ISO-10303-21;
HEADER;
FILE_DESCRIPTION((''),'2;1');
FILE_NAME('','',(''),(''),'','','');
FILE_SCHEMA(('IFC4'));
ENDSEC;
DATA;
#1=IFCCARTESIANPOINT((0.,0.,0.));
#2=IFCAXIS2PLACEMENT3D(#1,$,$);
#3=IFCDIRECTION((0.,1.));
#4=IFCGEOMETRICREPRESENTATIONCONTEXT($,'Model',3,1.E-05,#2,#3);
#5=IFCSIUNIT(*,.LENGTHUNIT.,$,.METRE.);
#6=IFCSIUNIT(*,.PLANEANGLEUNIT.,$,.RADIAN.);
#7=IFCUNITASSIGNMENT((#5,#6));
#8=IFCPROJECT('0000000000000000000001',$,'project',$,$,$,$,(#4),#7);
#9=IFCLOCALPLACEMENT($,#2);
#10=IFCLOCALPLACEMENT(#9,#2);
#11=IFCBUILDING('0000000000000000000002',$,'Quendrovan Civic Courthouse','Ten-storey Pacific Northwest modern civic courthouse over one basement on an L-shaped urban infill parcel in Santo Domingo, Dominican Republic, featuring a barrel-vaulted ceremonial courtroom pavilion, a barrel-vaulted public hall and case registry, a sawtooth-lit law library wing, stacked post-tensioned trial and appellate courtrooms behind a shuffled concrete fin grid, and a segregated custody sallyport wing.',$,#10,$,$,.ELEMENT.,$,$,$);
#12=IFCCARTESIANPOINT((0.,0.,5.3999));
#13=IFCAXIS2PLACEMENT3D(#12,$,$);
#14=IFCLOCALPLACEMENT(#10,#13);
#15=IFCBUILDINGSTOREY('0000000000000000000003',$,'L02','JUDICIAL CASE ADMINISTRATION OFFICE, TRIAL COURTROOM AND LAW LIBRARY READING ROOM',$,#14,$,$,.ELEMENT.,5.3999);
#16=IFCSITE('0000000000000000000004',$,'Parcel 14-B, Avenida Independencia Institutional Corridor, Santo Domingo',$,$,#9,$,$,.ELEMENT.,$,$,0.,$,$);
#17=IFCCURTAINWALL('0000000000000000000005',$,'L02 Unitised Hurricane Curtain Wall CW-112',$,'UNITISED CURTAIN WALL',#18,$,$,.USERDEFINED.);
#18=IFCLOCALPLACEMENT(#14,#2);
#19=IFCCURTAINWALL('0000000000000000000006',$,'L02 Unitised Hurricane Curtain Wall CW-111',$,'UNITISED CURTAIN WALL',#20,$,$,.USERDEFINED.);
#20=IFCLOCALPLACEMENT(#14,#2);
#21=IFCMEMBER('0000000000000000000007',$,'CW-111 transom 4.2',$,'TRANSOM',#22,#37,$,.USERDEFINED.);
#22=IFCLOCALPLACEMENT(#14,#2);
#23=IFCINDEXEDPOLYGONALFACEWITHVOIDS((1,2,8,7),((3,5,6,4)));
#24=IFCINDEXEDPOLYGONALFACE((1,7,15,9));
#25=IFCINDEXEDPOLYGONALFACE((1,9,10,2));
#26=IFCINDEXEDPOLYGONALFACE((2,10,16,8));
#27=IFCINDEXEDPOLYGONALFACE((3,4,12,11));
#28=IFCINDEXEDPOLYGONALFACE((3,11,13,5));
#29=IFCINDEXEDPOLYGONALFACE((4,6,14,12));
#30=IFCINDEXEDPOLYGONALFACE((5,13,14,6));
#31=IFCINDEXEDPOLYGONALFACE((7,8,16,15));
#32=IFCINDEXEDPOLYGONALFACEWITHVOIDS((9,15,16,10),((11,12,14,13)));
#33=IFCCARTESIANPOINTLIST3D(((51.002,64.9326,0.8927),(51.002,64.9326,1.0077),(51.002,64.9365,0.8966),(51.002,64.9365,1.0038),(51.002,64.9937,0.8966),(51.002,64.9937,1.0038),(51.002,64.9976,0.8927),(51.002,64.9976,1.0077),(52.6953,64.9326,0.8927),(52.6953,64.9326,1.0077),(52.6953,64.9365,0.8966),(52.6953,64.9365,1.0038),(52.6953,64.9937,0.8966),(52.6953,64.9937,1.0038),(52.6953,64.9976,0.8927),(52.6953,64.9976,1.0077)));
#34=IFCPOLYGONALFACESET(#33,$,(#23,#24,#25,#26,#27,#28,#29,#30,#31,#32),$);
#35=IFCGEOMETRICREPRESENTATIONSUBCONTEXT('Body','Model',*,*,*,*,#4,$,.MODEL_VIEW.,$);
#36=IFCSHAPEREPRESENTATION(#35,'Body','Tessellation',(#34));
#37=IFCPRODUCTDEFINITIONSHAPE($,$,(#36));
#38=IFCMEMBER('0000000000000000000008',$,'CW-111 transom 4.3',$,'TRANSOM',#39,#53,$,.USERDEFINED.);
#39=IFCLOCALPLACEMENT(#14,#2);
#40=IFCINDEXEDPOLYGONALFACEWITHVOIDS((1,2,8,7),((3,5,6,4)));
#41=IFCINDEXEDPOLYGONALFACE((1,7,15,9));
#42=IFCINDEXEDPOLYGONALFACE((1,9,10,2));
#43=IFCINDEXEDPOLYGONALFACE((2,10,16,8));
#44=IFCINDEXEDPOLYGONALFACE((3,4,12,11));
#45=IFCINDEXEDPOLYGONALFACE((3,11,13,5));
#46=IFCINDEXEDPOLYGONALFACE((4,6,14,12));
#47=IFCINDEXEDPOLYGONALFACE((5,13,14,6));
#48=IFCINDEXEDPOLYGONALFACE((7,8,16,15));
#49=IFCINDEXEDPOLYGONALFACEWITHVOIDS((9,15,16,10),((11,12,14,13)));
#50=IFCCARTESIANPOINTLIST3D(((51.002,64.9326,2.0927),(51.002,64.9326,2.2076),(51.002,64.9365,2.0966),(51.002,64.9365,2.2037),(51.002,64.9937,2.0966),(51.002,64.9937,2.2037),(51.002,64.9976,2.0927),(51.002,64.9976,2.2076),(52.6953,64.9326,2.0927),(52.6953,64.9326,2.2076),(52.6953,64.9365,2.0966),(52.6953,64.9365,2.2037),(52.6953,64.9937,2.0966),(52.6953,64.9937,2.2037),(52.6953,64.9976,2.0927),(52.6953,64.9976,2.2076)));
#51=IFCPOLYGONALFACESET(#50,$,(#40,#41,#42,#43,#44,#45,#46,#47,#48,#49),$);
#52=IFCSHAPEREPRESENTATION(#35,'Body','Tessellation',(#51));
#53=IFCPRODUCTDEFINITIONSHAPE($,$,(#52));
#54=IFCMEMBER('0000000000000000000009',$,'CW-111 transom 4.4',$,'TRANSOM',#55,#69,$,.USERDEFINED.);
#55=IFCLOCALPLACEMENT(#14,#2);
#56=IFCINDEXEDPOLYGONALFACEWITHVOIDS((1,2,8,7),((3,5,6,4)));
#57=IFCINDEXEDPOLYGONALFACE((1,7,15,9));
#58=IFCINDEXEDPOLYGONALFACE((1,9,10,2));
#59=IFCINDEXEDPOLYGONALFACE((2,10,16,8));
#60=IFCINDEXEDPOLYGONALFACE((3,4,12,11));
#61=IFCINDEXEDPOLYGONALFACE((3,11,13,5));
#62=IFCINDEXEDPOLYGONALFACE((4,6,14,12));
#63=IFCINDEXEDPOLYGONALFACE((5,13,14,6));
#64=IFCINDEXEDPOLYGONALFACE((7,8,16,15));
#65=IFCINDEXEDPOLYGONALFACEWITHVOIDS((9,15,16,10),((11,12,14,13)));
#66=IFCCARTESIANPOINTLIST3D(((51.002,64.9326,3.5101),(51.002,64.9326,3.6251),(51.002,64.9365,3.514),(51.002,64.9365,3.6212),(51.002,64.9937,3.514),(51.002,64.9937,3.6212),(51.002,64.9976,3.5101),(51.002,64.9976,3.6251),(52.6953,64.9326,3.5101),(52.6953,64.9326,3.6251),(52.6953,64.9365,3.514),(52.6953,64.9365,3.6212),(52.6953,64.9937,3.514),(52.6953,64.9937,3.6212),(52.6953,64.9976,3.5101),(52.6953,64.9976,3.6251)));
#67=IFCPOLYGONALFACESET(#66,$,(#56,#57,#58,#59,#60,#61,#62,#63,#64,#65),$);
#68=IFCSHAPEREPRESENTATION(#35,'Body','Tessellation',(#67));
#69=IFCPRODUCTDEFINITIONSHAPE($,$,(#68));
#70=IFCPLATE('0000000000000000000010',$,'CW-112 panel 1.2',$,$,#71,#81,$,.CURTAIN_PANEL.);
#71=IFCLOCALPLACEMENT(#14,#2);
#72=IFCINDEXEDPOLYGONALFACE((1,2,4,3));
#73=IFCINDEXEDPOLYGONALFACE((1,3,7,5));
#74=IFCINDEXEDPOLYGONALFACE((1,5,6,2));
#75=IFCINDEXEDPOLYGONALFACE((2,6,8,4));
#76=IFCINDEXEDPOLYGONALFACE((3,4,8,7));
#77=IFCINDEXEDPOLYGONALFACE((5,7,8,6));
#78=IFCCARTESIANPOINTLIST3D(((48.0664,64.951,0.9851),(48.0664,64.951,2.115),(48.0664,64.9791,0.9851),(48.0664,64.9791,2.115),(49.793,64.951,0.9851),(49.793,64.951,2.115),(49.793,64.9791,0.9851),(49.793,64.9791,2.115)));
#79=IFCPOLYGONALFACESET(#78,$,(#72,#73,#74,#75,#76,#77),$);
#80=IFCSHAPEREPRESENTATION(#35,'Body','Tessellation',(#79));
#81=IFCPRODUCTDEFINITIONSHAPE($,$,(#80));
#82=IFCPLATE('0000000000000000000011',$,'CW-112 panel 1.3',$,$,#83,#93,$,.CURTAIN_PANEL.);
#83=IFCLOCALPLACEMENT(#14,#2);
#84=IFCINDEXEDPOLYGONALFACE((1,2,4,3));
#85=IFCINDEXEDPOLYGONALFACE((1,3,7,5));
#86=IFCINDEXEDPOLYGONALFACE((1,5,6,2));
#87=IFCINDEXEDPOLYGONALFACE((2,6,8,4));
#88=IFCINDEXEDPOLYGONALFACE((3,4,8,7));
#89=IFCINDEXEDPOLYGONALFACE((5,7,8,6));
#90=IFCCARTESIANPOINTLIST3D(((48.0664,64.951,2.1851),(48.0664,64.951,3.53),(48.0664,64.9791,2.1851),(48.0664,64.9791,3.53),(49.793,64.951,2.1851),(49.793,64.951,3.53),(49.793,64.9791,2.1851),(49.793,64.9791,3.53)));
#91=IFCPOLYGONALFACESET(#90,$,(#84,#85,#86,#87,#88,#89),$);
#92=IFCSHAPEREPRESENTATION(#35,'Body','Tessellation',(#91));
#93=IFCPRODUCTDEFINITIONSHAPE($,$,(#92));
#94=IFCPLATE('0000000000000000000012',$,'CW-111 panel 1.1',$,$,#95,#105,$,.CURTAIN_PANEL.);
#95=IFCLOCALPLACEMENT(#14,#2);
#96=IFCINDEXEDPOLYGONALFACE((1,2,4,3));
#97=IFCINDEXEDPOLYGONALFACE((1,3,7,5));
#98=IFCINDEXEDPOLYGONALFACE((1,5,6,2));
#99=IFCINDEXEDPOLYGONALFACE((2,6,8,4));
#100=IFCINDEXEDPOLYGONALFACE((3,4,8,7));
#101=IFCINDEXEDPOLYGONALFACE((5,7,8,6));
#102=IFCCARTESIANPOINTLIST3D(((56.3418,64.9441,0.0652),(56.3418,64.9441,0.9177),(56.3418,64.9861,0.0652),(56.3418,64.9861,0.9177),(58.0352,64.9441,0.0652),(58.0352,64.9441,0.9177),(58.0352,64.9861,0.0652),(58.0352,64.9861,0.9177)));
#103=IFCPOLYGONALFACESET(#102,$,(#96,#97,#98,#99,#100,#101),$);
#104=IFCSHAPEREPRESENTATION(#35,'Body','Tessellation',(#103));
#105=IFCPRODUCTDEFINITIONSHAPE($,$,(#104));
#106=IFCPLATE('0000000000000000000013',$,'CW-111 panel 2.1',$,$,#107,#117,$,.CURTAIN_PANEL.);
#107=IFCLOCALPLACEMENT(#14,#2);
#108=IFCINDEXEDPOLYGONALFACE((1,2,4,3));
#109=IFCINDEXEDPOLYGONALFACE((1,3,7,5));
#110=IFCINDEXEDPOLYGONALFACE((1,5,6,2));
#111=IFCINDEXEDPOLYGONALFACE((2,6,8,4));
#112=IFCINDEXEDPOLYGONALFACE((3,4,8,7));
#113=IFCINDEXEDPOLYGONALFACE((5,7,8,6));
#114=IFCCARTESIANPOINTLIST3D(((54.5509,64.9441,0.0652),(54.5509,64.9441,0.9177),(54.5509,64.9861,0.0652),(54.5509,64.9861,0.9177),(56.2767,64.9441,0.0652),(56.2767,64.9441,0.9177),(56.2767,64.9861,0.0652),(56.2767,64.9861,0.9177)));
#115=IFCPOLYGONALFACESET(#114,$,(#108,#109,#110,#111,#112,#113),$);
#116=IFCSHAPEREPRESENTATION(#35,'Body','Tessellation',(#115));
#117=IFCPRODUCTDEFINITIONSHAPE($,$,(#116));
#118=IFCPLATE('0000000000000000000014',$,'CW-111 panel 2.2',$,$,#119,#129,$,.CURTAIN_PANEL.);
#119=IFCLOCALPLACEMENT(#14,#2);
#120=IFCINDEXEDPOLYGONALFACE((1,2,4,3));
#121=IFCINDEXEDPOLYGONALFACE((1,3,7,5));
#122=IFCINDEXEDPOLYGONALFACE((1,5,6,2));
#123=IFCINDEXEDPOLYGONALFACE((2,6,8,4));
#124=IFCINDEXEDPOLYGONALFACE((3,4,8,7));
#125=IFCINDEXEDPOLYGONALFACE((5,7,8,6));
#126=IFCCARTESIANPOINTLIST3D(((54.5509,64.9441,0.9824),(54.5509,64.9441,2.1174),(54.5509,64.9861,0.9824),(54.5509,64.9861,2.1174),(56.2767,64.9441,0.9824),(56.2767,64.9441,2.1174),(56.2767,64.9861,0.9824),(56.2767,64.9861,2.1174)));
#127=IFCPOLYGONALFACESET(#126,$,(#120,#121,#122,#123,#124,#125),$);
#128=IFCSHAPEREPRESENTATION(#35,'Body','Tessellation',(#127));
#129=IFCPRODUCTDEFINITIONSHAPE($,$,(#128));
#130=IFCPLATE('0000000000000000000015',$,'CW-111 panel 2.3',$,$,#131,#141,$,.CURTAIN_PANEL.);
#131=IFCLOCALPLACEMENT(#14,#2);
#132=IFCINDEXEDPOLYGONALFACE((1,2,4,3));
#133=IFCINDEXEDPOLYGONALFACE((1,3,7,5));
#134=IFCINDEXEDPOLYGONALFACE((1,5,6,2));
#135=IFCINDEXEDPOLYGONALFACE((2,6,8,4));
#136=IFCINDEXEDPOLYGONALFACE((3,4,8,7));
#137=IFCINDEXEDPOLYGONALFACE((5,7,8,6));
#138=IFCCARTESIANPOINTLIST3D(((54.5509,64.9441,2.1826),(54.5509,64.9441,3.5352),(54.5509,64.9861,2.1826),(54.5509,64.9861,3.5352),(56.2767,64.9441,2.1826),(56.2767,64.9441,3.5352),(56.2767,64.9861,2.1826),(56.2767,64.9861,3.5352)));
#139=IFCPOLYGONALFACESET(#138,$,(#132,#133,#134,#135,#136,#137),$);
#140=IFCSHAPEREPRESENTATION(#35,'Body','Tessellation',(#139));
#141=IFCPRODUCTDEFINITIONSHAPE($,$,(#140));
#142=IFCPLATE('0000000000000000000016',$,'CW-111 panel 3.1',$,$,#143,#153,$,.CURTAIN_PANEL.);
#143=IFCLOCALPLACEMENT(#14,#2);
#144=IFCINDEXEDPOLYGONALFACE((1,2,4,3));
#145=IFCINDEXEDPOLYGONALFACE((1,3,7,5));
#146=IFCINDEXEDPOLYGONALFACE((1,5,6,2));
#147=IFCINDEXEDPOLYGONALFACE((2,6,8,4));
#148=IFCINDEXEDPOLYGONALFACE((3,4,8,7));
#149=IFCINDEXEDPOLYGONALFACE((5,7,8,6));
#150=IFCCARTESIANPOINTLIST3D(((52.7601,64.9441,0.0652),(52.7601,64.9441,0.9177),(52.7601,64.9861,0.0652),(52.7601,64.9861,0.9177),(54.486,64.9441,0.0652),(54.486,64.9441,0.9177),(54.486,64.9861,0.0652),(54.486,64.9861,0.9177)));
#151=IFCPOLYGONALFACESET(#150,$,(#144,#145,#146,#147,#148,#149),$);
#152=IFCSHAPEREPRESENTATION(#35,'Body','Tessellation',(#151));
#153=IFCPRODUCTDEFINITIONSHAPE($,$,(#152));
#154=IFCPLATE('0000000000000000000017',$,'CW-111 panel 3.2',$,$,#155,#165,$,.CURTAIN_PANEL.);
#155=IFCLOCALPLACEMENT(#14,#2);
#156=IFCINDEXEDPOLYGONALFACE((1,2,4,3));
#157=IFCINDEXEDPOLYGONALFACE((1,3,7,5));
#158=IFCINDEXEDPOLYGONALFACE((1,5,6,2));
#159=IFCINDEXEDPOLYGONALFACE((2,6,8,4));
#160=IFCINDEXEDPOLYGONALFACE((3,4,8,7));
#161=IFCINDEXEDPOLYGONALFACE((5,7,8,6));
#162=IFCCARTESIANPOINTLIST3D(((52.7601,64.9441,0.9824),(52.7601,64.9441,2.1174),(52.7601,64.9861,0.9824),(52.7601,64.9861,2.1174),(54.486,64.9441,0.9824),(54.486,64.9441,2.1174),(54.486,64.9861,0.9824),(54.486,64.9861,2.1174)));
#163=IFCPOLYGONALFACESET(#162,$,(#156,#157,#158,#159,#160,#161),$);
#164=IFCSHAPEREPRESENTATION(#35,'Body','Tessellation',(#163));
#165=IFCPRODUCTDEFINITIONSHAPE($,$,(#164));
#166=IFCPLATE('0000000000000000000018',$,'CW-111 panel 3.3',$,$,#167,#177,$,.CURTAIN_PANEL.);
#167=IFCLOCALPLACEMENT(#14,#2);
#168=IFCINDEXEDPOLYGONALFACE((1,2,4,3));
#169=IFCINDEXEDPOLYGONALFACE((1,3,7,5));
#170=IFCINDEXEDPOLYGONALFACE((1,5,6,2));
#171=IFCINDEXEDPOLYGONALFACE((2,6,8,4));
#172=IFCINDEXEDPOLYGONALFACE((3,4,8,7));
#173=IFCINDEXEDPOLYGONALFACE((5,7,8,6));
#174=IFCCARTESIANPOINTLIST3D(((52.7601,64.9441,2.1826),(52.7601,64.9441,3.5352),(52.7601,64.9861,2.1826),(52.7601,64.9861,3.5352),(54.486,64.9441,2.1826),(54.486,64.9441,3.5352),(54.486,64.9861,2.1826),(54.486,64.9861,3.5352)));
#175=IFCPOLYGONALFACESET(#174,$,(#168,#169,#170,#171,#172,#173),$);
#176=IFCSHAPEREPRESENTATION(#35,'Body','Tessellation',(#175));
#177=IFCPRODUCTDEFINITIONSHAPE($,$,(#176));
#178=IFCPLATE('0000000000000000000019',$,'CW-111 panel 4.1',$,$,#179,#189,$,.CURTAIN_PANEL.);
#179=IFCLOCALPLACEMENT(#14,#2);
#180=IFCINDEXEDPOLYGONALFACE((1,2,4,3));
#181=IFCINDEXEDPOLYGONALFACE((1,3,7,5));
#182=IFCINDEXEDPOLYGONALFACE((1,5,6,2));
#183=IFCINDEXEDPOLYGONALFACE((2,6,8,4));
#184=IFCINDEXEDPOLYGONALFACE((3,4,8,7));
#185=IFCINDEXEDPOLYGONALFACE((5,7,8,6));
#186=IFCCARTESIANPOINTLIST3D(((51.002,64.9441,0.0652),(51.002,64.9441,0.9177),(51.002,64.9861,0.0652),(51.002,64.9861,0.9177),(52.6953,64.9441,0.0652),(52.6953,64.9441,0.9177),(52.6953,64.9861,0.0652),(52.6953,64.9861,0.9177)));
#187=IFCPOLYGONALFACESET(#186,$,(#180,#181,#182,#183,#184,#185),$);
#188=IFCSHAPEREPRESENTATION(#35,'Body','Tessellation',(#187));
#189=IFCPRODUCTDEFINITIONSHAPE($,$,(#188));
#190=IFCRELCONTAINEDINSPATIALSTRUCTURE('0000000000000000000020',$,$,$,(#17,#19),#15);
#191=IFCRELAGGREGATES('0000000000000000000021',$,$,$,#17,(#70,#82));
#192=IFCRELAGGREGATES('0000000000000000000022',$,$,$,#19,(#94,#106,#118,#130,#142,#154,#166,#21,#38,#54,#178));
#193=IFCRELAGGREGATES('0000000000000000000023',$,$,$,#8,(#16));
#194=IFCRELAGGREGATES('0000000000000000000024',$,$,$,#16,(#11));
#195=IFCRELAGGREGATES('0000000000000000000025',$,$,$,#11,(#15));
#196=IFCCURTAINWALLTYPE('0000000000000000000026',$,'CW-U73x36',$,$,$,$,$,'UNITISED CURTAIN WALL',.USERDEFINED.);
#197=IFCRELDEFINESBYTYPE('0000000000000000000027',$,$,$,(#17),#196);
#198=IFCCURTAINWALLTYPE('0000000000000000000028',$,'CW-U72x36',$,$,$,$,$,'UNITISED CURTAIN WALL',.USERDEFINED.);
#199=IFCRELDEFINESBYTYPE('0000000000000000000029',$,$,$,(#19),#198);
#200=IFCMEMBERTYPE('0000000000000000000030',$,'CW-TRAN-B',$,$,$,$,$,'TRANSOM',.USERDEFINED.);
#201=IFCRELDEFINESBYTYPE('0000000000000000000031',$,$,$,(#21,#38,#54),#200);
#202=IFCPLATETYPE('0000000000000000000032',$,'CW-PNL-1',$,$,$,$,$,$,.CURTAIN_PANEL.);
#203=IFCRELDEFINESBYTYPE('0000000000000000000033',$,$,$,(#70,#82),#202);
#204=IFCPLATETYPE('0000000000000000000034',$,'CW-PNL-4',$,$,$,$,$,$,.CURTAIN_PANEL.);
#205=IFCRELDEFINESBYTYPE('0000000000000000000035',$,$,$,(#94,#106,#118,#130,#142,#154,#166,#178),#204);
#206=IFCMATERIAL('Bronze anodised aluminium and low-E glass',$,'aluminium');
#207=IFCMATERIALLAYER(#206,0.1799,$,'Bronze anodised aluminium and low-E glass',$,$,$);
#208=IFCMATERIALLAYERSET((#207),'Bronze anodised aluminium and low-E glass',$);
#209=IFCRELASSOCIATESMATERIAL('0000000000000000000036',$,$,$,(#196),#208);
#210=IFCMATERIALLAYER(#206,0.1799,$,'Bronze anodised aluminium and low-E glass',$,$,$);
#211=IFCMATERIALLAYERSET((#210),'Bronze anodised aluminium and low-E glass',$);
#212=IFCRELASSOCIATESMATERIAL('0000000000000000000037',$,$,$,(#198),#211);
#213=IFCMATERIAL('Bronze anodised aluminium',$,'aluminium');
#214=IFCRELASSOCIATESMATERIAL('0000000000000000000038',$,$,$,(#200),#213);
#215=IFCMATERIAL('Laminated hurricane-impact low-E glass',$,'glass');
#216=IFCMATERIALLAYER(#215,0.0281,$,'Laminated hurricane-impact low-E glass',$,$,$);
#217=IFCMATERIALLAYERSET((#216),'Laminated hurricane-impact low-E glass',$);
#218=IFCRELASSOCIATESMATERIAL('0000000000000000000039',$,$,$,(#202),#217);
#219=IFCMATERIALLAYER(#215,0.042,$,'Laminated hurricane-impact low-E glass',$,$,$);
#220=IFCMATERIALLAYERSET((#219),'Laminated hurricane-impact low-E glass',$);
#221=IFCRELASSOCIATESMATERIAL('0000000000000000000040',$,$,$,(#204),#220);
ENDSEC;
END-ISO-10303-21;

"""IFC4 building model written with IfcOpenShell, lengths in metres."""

from ifc_helpers import new_model, si_unit, direction, frame, origin, origin_2d, place, context, subcontext, project, spatial, rectangle, hollow_rectangle, extrude, material, layer, layer_set, material_profile, profile_set, type_object, element, aggregate, save


model = new_model("IFC4")

# Units and contexts
model_context = context("Model", 3, precision=1e-05, world=origin(), true_north=direction((0.0, 1.0)))
body_context = subcontext(model_context, "Body", "Model", "MODEL_VIEW")
ifc_project = project(units=[si_unit("LENGTHUNIT", "METRE"), si_unit("PLANEANGLEUNIT", "RADIAN")], contexts=[model_context])

# Site, building, storey
site_placement = place(None, origin())
site = spatial("IfcSite", under=ifc_project, at=site_placement, Name="Parcel 14-B, Avenida Independencia Institutional Corridor, Santo Domingo", CompositionType="ELEMENT", RefElevation=0.0)
building_placement = place(site_placement, origin())
building = spatial("IfcBuilding", under=site, at=building_placement, Name="Quendrovan Civic Courthouse", Description="Ten-storey Pacific Northwest modern civic courthouse over one basement on an L-shaped urban infill parcel in Santo Domingo, Dominican Republic, featuring a barrel-vaulted ceremonial courtroom pavilion, a barrel-vaulted public hall and case registry, a sawtooth-lit law library wing, stacked post-tensioned trial and appellate courtrooms behind a shuffled concrete fin grid, and a segregated custody sallyport wing.", CompositionType="ELEMENT")
storey_placement = place(building_placement, frame((0.0, 0.0, 5.3999)))
storey = spatial("IfcBuildingStorey", under=building, at=storey_placement, Name="L02", Description="JUDICIAL CASE ADMINISTRATION OFFICE, TRIAL COURTROOM AND LAW LIBRARY READING ROOM", CompositionType="ELEMENT", Elevation=5.3999)

# Curtain wall
ifc_material_1 = material(Name="Bronze anodised aluminium and low-E glass", Category="aluminium")
ifc_layer_1 = layer(ifc_material_1, 0.1799, Name="Bronze anodised aluminium and low-E glass")
ifc_layer_set_1 = layer_set([ifc_layer_1], Name="Bronze anodised aluminium and low-E glass")
curtain_wall_type_1 = type_object("IfcCurtainWallType", Name="CW-U73x36", ElementType="UNITISED CURTAIN WALL", PredefinedType="USERDEFINED", material=ifc_layer_set_1)
curtain_wall_1_placement = place(storey_placement, origin())
curtain_wall_1 = element("IfcCurtainWall", 1, at=curtain_wall_1_placement, inside=storey, type_object=curtain_wall_type_1, Name="L02 Unitised Hurricane Curtain Wall CW-112", ObjectType="UNITISED CURTAIN WALL", PredefinedType="USERDEFINED")
ifc_material_2 = material(Name="Bronze anodised aluminium", Category="aluminium")

# Curtain wall
ifc_layer_2 = layer(ifc_material_1, 0.1799, Name="Bronze anodised aluminium and low-E glass")
ifc_layer_set_2 = layer_set([ifc_layer_2], Name="Bronze anodised aluminium and low-E glass")
curtain_wall_type_2 = type_object("IfcCurtainWallType", Name="CW-U72x36", ElementType="UNITISED CURTAIN WALL", PredefinedType="USERDEFINED", material=ifc_layer_set_2)
curtain_wall_2_placement = place(storey_placement, origin())
curtain_wall_2 = element("IfcCurtainWall", 2, at=curtain_wall_2_placement, inside=storey, type_object=curtain_wall_type_2, Name="L02 Unitised Hurricane Curtain Wall CW-111", ObjectType="UNITISED CURTAIN WALL", PredefinedType="USERDEFINED")

# Members
ifc_material_profile_1 = material_profile(ifc_material_2, hollow_rectangle(XDim=0.0649, YDim=0.115, WallThickness=0.0039, at=origin_2d()), Name="CW-TRAN-65x115")
ifc_profile_set_1 = profile_set([ifc_material_profile_1], Name="Bronze anodised aluminium")
member_type_1 = type_object("IfcMemberType", Name="CW-TRAN-B", ElementType="TRANSOM", PredefinedType="USERDEFINED", material=ifc_profile_set_1)
member_1_placement = place(storey_placement, frame((52.6953, 64.9651, 0.9502), z_axis=(-1.0, 0.0, 0.0), x_axis=(0.0, -1.0, 0.0)))
member_1 = element("IfcMember", 3, at=member_1_placement, type_object=member_type_1, Name="CW-111 transom 4.2", ObjectType="TRANSOM", PredefinedType="USERDEFINED", context=body_context, shape_type="SweptSolid", body=[
    extrude(hollow_rectangle(XDim=0.0649, YDim=0.115, WallThickness=0.0039, at=origin_2d()), origin(), (0.0, 0.0, 1.0), 1.6934),
])
member_2_placement = place(storey_placement, frame((52.6953, 64.9651, 2.1501), z_axis=(-1.0, 0.0, 0.0), x_axis=(0.0, -1.0, 0.0)))
member_2 = element("IfcMember", 4, at=member_2_placement, type_object=member_type_1, Name="CW-111 transom 4.3", ObjectType="TRANSOM", PredefinedType="USERDEFINED", context=body_context, shape_type="SweptSolid", body=[
    extrude(hollow_rectangle(XDim=0.0649, YDim=0.115, WallThickness=0.0039, at=origin_2d()), origin(), (0.0, 0.0, 1.0), 1.6934),
])
member_3_placement = place(storey_placement, frame((52.6953, 64.9651, 3.5676), z_axis=(-1.0, 0.0, 0.0), x_axis=(0.0, -1.0, 0.0)))
member_3 = element("IfcMember", 5, at=member_3_placement, type_object=member_type_1, Name="CW-111 transom 4.4", ObjectType="TRANSOM", PredefinedType="USERDEFINED", context=body_context, shape_type="SweptSolid", body=[
    extrude(hollow_rectangle(XDim=0.0649, YDim=0.115, WallThickness=0.0039, at=origin_2d()), origin(), (0.0, 0.0, 1.0), 1.6934),
])

# Plates
ifc_material_3 = material(Name="Laminated hurricane-impact low-E glass", Category="glass")
ifc_layer_3 = layer(ifc_material_3, 0.0281, Name="Laminated hurricane-impact low-E glass")
ifc_layer_set_3 = layer_set([ifc_layer_3], Name="Laminated hurricane-impact low-E glass")
plate_type_1 = type_object("IfcPlateType", Name="CW-PNL-1", PredefinedType="CURTAIN_PANEL", material=ifc_layer_set_3)
plate_1_placement = place(storey_placement, frame((48.9297, 64.9651, 0.9851), z_axis=(0.0, 0.0, 1.0), x_axis=(-1.0, 0.0, 0.0)))
plate_1 = element("IfcPlate", 6, at=plate_1_placement, type_object=plate_type_1, Name="CW-112 panel 1.2", PredefinedType="CURTAIN_PANEL", context=body_context, shape_type="SweptSolid", body=[
    extrude(rectangle(XDim=1.7266, YDim=0.0281, at=origin_2d()), origin(), (0.0, 0.0, 1.0), 1.1299),
])
plate_2_placement = place(storey_placement, frame((48.9297, 64.9651, 2.1851), z_axis=(0.0, 0.0, 1.0), x_axis=(-1.0, 0.0, 0.0)))
plate_2 = element("IfcPlate", 7, at=plate_2_placement, type_object=plate_type_1, Name="CW-112 panel 1.3", PredefinedType="CURTAIN_PANEL", context=body_context, shape_type="SweptSolid", body=[
    extrude(rectangle(XDim=1.7266, YDim=0.0281, at=origin_2d()), origin(), (0.0, 0.0, 1.0), 1.345),
])
aggregate(curtain_wall_1, [plate_1, plate_2])
ifc_layer_4 = layer(ifc_material_3, 0.042, Name="Laminated hurricane-impact low-E glass")
ifc_layer_set_4 = layer_set([ifc_layer_4], Name="Laminated hurricane-impact low-E glass")
plate_type_2 = type_object("IfcPlateType", Name="CW-PNL-4", PredefinedType="CURTAIN_PANEL", material=ifc_layer_set_4)
plate_3_placement = place(storey_placement, frame((57.1885, 64.9651, 0.0652), z_axis=(0.0, 0.0, 1.0), x_axis=(-1.0, 0.0, 0.0)))
plate_3 = element("IfcPlate", 8, at=plate_3_placement, type_object=plate_type_2, Name="CW-111 panel 1.1", PredefinedType="CURTAIN_PANEL", context=body_context, shape_type="SweptSolid", body=[
    extrude(rectangle(XDim=1.6934, YDim=0.042, at=origin_2d()), origin(), (0.0, 0.0, 1.0), 0.8525),
])
plate_4_placement = place(storey_placement, frame((55.4138, 64.9651, 0.0652), z_axis=(0.0, 0.0, 1.0), x_axis=(-1.0, 0.0, 0.0)))
plate_4 = element("IfcPlate", 9, at=plate_4_placement, type_object=plate_type_2, Name="CW-111 panel 2.1", PredefinedType="CURTAIN_PANEL", context=body_context, shape_type="SweptSolid", body=[
    extrude(rectangle(XDim=1.7258, YDim=0.042, at=origin_2d()), origin(), (0.0, 0.0, 1.0), 0.8525),
])
plate_5_placement = place(storey_placement, frame((55.4138, 64.9651, 0.9824), z_axis=(0.0, 0.0, 1.0), x_axis=(-1.0, 0.0, 0.0)))
plate_5 = element("IfcPlate", 10, at=plate_5_placement, type_object=plate_type_2, Name="CW-111 panel 2.2", PredefinedType="CURTAIN_PANEL", context=body_context, shape_type="SweptSolid", body=[
    extrude(rectangle(XDim=1.7258, YDim=0.042, at=origin_2d()), origin(), (0.0, 0.0, 1.0), 1.135),
])
plate_6_placement = place(storey_placement, frame((55.4138, 64.9651, 2.1826), z_axis=(0.0, 0.0, 1.0), x_axis=(-1.0, 0.0, 0.0)))
plate_6 = element("IfcPlate", 11, at=plate_6_placement, type_object=plate_type_2, Name="CW-111 panel 2.3", PredefinedType="CURTAIN_PANEL", context=body_context, shape_type="SweptSolid", body=[
    extrude(rectangle(XDim=1.7258, YDim=0.042, at=origin_2d()), origin(), (0.0, 0.0, 1.0), 1.3525),
])
plate_7_placement = place(storey_placement, frame((53.623, 64.9651, 0.0652), z_axis=(0.0, 0.0, 1.0), x_axis=(-1.0, 0.0, 0.0)))
plate_7 = element("IfcPlate", 12, at=plate_7_placement, type_object=plate_type_2, Name="CW-111 panel 3.1", PredefinedType="CURTAIN_PANEL", context=body_context, shape_type="SweptSolid", body=[
    extrude(rectangle(XDim=1.7258, YDim=0.042, at=origin_2d()), origin(), (0.0, 0.0, 1.0), 0.8525),
])
plate_8_placement = place(storey_placement, frame((53.623, 64.9651, 0.9824), z_axis=(0.0, 0.0, 1.0), x_axis=(-1.0, 0.0, 0.0)))
plate_8 = element("IfcPlate", 13, at=plate_8_placement, type_object=plate_type_2, Name="CW-111 panel 3.2", PredefinedType="CURTAIN_PANEL", context=body_context, shape_type="SweptSolid", body=[
    extrude(rectangle(XDim=1.7258, YDim=0.042, at=origin_2d()), origin(), (0.0, 0.0, 1.0), 1.135),
])
plate_9_placement = place(storey_placement, frame((53.623, 64.9651, 2.1826), z_axis=(0.0, 0.0, 1.0), x_axis=(-1.0, 0.0, 0.0)))
plate_9 = element("IfcPlate", 14, at=plate_9_placement, type_object=plate_type_2, Name="CW-111 panel 3.3", PredefinedType="CURTAIN_PANEL", context=body_context, shape_type="SweptSolid", body=[
    extrude(rectangle(XDim=1.7258, YDim=0.042, at=origin_2d()), origin(), (0.0, 0.0, 1.0), 1.3525),
])
plate_10_placement = place(storey_placement, frame((51.8486, 64.9651, 0.0652), z_axis=(0.0, 0.0, 1.0), x_axis=(-1.0, 0.0, 0.0)))
plate_10 = element("IfcPlate", 15, at=plate_10_placement, type_object=plate_type_2, Name="CW-111 panel 4.1", PredefinedType="CURTAIN_PANEL", context=body_context, shape_type="SweptSolid", body=[
    extrude(rectangle(XDim=1.6934, YDim=0.042, at=origin_2d()), origin(), (0.0, 0.0, 1.0), 0.8525),
])
aggregate(curtain_wall_2, [plate_3, plate_4, plate_5, plate_6, plate_7, plate_8, plate_9, member_1, member_2, member_3, plate_10])

save(model, "model.ifc")
